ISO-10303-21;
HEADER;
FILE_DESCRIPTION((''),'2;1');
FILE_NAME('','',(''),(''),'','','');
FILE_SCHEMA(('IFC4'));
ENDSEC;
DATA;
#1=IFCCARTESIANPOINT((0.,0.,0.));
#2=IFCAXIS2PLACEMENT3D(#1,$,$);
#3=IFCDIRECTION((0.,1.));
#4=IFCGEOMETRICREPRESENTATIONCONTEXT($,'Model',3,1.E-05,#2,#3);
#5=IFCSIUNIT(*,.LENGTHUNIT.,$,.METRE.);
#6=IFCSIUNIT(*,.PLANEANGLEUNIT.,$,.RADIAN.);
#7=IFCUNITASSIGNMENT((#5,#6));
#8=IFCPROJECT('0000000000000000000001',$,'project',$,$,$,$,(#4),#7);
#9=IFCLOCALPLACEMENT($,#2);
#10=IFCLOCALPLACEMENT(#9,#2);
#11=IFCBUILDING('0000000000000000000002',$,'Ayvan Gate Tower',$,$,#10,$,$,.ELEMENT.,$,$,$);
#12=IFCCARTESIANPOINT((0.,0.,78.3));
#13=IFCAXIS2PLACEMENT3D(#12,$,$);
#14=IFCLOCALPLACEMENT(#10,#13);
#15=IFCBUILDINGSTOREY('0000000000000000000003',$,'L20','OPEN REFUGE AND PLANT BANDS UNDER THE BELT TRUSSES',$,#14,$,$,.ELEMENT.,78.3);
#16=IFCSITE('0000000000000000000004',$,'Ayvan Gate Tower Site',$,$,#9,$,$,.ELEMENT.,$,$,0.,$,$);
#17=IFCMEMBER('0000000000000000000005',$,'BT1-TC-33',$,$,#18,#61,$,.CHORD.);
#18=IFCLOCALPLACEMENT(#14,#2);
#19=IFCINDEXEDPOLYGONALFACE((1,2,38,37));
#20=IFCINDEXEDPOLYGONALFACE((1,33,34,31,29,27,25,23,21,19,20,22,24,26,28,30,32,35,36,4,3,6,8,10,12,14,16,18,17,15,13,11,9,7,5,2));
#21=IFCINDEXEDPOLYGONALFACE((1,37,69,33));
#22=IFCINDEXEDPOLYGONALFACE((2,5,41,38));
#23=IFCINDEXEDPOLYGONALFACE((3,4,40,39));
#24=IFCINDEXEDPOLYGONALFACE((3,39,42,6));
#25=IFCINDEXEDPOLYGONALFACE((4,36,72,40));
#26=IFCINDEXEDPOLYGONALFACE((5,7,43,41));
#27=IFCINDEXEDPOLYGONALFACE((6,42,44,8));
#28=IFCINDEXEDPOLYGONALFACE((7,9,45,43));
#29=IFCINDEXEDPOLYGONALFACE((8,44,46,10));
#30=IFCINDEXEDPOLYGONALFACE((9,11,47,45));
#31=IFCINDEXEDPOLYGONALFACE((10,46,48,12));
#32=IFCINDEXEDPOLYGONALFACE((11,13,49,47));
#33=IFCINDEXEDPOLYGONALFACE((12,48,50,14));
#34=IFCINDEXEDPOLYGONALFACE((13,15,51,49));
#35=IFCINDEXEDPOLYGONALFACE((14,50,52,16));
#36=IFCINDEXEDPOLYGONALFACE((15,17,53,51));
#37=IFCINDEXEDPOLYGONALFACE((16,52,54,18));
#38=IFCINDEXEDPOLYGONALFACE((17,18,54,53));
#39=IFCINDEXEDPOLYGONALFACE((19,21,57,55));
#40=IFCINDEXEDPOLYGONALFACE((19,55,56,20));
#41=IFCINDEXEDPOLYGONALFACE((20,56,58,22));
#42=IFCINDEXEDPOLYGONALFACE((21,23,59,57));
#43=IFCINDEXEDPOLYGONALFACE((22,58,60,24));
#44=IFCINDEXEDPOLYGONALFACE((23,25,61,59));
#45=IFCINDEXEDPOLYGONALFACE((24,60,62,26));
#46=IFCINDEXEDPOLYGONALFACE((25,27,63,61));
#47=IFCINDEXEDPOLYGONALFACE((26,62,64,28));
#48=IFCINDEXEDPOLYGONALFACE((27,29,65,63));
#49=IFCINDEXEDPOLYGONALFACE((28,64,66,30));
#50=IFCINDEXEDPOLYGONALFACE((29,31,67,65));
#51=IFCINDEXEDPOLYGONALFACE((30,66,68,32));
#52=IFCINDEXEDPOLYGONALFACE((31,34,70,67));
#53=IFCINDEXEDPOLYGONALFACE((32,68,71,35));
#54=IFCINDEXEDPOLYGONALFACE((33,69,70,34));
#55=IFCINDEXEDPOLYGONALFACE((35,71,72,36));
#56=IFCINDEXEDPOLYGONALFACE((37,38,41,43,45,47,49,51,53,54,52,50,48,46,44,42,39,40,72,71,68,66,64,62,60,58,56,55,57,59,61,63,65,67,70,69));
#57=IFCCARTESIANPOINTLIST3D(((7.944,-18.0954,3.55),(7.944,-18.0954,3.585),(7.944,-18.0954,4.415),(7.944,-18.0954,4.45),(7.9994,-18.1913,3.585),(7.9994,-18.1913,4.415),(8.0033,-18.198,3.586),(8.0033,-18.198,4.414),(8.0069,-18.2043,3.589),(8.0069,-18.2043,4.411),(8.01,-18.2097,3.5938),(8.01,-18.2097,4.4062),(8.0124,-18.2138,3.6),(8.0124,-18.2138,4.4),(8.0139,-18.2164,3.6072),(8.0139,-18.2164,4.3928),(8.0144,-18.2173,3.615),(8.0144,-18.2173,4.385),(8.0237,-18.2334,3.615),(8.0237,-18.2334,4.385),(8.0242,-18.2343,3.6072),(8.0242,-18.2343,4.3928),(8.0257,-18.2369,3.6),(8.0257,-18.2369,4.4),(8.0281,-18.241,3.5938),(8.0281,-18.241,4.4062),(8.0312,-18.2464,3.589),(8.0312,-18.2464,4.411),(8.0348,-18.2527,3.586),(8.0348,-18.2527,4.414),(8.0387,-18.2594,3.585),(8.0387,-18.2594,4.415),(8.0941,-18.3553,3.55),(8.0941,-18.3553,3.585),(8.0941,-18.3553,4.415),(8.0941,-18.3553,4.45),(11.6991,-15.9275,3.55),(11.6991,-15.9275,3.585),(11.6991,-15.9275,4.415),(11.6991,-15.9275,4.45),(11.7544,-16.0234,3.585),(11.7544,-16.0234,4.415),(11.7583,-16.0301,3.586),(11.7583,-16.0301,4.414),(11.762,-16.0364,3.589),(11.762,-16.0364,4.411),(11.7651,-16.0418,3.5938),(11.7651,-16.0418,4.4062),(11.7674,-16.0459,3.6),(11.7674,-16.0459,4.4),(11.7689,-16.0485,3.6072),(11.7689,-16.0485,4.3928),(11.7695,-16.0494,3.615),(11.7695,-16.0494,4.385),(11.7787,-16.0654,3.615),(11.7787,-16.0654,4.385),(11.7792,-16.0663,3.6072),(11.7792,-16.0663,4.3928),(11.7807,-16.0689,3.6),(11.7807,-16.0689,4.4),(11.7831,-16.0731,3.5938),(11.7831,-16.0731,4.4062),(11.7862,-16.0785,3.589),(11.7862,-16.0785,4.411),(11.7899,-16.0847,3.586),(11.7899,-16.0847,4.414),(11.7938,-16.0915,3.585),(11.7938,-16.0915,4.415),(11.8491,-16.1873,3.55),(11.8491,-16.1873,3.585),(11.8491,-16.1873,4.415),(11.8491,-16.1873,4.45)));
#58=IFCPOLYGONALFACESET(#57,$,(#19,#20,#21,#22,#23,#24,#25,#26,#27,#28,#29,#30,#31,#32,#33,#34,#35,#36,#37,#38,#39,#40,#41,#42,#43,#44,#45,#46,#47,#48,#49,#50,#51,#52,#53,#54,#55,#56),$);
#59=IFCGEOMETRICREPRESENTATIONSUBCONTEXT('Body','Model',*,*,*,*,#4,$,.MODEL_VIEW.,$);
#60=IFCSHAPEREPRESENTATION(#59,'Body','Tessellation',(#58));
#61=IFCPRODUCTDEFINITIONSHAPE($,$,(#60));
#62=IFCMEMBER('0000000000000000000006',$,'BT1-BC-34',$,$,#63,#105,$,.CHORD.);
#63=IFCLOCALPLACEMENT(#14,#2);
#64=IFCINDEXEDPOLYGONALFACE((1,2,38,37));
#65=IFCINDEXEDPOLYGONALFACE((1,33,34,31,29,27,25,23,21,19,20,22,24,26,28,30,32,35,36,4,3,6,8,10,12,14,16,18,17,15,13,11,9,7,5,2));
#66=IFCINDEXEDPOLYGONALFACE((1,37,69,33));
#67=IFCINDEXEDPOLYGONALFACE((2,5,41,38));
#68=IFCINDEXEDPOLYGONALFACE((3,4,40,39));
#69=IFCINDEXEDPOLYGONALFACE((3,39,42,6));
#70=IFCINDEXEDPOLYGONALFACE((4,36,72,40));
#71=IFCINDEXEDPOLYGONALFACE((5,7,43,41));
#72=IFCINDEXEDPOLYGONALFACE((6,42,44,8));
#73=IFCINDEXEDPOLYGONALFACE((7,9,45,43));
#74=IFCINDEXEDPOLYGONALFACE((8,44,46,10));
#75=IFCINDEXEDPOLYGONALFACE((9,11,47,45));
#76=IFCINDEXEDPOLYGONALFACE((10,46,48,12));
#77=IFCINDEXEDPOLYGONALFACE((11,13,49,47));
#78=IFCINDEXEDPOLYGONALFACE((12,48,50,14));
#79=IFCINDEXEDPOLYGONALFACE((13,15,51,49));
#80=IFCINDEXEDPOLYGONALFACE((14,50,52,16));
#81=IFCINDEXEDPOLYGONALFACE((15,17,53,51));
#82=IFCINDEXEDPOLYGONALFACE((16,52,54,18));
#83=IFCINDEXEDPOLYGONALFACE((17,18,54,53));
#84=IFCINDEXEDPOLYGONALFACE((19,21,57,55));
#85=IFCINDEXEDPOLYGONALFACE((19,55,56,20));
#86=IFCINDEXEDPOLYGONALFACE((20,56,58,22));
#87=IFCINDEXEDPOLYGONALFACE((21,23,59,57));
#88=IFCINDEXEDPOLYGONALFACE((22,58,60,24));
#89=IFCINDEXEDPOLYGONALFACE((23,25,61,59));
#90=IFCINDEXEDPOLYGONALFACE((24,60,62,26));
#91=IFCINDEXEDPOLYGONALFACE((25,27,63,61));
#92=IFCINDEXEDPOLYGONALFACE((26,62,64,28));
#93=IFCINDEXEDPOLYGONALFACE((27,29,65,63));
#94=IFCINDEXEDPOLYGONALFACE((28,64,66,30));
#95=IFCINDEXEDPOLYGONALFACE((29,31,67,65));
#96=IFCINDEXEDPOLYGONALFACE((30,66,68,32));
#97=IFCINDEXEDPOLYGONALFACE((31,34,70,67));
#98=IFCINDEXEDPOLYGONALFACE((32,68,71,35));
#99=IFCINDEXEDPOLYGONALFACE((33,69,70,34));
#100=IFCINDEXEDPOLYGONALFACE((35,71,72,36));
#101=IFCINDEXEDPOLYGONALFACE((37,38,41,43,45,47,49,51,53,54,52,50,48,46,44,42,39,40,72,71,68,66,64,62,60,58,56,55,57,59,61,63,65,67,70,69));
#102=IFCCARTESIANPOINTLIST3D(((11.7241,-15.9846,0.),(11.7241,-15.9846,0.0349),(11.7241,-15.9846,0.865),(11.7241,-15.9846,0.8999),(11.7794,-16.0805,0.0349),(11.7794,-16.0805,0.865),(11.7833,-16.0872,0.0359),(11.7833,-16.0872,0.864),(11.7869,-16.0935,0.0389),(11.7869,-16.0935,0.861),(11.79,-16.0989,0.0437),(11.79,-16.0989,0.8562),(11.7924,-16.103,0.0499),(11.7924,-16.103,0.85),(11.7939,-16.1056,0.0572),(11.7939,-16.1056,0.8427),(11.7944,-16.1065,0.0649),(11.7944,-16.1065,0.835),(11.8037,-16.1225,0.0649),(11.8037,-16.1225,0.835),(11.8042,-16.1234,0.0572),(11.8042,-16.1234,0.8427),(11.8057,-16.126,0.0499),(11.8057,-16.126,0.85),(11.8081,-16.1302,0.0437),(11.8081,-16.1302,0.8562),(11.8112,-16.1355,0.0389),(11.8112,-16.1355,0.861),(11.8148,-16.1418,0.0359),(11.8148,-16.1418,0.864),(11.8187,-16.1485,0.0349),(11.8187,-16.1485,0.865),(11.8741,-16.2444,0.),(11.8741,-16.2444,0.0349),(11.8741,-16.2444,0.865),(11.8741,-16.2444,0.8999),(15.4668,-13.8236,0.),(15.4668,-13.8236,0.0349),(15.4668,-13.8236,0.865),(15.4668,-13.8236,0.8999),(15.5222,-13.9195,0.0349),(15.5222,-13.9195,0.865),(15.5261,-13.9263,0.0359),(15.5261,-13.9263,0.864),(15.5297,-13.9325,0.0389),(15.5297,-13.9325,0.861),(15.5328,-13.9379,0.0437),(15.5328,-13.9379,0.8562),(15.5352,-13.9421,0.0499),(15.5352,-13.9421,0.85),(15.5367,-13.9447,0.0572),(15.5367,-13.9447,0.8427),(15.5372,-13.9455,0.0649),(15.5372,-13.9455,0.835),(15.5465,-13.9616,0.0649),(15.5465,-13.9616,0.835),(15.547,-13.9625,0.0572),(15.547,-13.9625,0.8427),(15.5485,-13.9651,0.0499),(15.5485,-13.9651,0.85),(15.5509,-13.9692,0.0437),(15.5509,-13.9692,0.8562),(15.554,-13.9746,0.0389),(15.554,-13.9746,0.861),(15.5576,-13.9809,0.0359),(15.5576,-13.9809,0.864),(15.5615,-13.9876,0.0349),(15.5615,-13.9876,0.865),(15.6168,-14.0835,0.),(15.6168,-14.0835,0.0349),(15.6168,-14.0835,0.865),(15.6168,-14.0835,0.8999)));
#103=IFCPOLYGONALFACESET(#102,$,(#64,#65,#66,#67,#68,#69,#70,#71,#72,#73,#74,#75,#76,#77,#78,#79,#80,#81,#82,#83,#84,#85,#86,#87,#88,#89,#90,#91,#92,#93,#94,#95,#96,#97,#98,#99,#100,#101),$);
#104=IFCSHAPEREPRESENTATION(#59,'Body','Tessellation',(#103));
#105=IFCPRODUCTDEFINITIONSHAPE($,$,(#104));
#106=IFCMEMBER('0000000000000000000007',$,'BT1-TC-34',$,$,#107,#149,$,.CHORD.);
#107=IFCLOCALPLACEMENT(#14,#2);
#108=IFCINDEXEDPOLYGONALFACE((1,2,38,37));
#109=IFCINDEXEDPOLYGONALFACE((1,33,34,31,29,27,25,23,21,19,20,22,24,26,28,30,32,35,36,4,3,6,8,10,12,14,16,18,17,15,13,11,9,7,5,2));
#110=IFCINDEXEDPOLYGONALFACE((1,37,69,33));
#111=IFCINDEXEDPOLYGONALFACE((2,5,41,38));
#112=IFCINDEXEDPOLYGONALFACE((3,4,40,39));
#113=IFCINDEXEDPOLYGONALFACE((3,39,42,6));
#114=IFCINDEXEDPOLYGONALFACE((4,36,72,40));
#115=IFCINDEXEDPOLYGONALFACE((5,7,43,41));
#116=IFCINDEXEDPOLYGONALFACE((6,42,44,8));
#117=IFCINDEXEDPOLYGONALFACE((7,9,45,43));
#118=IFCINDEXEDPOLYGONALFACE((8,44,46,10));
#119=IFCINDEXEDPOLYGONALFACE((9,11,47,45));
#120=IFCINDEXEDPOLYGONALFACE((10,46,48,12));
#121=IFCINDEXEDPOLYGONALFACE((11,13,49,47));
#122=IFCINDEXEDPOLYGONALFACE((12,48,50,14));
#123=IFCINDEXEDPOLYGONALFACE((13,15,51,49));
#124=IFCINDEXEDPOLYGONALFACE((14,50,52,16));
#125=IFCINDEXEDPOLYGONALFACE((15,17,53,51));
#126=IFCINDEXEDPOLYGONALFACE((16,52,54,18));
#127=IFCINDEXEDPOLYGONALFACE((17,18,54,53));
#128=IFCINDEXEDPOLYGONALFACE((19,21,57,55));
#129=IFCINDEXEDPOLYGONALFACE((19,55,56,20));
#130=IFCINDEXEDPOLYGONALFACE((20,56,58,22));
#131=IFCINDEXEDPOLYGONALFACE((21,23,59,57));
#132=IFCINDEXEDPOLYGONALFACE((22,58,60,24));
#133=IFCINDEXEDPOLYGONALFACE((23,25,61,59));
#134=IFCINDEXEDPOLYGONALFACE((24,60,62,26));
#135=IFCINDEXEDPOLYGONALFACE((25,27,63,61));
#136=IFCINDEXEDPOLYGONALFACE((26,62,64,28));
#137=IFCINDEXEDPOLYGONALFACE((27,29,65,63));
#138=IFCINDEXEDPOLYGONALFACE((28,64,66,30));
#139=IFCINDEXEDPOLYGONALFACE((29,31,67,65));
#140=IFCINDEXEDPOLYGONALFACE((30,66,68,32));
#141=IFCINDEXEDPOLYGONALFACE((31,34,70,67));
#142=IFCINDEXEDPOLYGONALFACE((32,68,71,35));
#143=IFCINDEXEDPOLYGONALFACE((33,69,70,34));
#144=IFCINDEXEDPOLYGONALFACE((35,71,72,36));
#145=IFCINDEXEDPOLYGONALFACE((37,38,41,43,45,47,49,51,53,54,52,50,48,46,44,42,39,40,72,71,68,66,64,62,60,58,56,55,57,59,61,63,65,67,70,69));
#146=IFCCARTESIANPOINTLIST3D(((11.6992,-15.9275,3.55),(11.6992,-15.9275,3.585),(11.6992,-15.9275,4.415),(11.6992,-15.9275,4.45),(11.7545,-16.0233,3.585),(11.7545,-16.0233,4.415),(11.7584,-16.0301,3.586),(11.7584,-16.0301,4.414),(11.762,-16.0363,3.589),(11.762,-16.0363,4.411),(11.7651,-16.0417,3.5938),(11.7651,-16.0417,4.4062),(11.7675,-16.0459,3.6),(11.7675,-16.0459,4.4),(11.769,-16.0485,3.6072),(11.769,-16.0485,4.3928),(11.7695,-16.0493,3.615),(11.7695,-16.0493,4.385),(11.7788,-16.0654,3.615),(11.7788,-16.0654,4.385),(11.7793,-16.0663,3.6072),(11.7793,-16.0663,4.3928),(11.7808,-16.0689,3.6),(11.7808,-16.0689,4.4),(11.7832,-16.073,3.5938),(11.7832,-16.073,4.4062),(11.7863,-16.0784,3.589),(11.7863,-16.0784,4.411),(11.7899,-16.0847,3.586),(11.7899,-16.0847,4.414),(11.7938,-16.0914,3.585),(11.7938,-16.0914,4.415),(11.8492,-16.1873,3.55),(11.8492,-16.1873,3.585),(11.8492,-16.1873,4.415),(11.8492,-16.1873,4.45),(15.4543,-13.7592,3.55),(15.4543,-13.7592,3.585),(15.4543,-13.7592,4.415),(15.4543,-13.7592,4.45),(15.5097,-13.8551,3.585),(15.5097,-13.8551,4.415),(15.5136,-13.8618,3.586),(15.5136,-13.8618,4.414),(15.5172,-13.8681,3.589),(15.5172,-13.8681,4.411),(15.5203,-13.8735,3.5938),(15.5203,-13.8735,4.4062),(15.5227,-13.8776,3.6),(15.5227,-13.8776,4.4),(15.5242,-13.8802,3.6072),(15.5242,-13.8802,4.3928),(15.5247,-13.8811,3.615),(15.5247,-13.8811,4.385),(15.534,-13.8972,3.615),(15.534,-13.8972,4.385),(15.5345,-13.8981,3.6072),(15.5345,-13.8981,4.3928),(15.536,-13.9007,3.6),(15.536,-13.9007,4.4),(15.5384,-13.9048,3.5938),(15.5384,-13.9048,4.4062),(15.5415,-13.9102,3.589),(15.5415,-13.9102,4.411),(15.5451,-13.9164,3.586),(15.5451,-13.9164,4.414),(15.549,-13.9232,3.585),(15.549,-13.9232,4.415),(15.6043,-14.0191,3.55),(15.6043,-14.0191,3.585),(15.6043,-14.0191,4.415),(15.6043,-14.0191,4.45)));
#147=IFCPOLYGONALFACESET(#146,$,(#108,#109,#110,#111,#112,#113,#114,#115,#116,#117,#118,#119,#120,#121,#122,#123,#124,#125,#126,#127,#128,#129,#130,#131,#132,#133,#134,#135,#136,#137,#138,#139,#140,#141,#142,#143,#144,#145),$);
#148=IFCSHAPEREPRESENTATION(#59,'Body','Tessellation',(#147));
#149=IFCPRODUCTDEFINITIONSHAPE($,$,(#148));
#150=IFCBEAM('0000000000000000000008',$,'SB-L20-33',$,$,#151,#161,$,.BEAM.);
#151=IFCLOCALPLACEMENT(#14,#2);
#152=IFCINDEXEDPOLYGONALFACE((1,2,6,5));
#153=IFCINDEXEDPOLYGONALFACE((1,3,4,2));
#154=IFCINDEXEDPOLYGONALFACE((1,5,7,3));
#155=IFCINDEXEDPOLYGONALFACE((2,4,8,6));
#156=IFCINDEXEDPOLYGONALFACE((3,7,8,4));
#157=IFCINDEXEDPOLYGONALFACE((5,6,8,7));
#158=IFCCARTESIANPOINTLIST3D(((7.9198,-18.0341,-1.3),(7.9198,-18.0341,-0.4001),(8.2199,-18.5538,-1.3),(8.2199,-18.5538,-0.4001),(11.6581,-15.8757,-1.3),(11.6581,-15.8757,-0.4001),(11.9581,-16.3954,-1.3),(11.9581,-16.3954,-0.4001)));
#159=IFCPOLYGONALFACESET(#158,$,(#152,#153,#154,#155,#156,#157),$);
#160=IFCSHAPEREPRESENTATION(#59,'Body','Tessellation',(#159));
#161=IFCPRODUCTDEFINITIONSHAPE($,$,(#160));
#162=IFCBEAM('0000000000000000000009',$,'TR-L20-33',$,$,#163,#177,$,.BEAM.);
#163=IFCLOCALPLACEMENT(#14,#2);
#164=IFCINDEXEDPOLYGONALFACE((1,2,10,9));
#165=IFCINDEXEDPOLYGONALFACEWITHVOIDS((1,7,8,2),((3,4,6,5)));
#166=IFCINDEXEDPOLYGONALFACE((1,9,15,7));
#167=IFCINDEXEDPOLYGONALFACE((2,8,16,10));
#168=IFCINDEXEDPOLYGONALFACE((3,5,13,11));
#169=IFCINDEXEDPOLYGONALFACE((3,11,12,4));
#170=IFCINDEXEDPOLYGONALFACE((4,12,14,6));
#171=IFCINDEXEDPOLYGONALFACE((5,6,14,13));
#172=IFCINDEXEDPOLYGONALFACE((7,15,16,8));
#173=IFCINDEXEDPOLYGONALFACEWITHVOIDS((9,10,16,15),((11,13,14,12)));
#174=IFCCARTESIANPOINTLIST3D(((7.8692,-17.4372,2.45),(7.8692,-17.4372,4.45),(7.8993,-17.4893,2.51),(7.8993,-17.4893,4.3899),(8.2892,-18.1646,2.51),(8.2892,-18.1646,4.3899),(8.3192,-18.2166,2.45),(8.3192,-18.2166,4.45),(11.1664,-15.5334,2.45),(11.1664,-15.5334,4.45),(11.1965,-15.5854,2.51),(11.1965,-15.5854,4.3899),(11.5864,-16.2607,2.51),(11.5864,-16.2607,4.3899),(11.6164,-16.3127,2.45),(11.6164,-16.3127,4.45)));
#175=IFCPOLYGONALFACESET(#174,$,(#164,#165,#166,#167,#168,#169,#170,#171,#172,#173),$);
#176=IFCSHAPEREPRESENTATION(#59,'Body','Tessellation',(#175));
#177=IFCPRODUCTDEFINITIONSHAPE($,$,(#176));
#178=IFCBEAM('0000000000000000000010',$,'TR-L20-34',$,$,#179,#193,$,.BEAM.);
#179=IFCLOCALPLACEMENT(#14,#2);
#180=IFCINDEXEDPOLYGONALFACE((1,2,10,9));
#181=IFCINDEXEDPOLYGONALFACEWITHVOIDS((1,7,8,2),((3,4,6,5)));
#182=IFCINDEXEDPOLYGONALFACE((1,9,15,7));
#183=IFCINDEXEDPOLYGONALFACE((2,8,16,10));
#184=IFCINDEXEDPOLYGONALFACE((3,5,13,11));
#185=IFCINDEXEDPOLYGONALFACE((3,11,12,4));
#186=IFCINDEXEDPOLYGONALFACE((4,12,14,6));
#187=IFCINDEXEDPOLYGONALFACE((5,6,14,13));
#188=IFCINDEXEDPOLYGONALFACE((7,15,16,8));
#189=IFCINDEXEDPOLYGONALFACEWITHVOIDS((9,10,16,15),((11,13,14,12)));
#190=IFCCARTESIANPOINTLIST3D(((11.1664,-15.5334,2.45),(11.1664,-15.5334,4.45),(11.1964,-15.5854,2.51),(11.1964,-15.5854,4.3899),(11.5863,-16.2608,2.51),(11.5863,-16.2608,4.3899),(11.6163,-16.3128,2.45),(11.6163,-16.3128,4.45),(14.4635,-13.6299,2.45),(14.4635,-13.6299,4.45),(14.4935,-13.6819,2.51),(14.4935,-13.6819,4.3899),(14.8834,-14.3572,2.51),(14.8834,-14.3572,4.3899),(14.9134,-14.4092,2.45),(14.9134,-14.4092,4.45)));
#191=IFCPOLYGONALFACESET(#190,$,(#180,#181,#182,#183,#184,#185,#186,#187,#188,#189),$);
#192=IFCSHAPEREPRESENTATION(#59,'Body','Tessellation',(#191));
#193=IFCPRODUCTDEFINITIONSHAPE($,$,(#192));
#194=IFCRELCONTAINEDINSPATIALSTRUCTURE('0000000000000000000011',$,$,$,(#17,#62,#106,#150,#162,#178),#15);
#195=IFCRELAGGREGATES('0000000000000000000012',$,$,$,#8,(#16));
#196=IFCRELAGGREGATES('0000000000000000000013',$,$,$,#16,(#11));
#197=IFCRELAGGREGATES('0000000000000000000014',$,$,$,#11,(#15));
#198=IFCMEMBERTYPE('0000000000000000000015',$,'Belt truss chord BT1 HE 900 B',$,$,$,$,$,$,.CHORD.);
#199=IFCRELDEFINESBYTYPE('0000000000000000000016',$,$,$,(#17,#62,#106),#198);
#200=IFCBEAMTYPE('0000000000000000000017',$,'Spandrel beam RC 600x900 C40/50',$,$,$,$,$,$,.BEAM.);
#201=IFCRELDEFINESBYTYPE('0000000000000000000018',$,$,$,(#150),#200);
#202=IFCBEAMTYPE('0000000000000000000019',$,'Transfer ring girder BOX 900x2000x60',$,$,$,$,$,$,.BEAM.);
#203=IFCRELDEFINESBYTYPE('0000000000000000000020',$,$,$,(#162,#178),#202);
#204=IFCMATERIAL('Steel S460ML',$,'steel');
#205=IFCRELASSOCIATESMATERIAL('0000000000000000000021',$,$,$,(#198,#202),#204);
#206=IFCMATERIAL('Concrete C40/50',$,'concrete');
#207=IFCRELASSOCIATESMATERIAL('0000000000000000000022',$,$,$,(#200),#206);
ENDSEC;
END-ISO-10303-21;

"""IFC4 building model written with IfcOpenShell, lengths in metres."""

from ifc_helpers import new_model, si_unit, direction, frame, origin, origin_2d, place, context, subcontext, project, spatial, rectangle, hollow_rectangle, i_section, extrude, material, material_profile, profile_set, type_object, element, save


model = new_model("IFC4")

# Units and contexts
model_context = context("Model", 3, precision=1e-05, world=origin(), true_north=direction((0.0, 1.0)))
body_context = subcontext(model_context, "Body", "Model", "MODEL_VIEW")
ifc_project = project(units=[si_unit("LENGTHUNIT", "METRE"), si_unit("PLANEANGLEUNIT", "RADIAN")], contexts=[model_context])

# Site, building, storey
site_placement = place(None, origin())
site = spatial("IfcSite", under=ifc_project, at=site_placement, Name="Ayvan Gate Tower Site", CompositionType="ELEMENT", RefElevation=0.0)
building_placement = place(site_placement, origin())
building = spatial("IfcBuilding", under=site, at=building_placement, Name="Ayvan Gate Tower", CompositionType="ELEMENT")
storey_placement = place(building_placement, frame((0.0, 0.0, 78.3)))
storey = spatial("IfcBuildingStorey", under=building, at=storey_placement, Name="L20", Description="OPEN REFUGE AND PLANT BANDS UNDER THE BELT TRUSSES", CompositionType="ELEMENT", Elevation=78.3)

# Members
ifc_material_1 = material(Name="Steel S460ML", Category="steel")
ifc_material_profile_1 = material_profile(ifc_material_1, i_section(OverallWidth=0.3, OverallDepth=0.8999, WebThickness=0.0186, FlangeThickness=0.0349, FilletRadius=0.03, at=origin_2d()), Name="HE 900 B")
ifc_profile_set_1 = profile_set([ifc_material_profile_1], Name="Steel S460ML")
member_type_1 = type_object("IfcMemberType", Name="Belt truss chord BT1 HE 900 B", PredefinedType="CHORD", material=ifc_profile_set_1)
member_1_placement = place(storey_placement, frame((8.019, -18.2253, 4.0), z_axis=(0.866031, 0.499991, 0.0), x_axis=(-0.499991, 0.866031, 0.0)))
element("IfcMember", 1, at=member_1_placement, inside=storey, type_object=member_type_1, Name="BT1-TC-33", PredefinedType="CHORD", context=body_context, shape_type="SweptSolid", body=[
    extrude(i_section(OverallWidth=0.3, OverallDepth=0.8999, WebThickness=0.0186, FlangeThickness=0.0349, FilletRadius=0.03, at=origin_2d()), origin(), (0.0, 0.0, 1.0), 4.3359),
])
member_2_placement = place(storey_placement, frame((11.7991, -16.1145, 0.45), z_axis=(0.86602, 0.500009, 0.0), x_axis=(-0.500009, 0.86602, 0.0)))
element("IfcMember", 2, at=member_2_placement, inside=storey, type_object=member_type_1, Name="BT1-BC-34", PredefinedType="CHORD", context=body_context, shape_type="SweptSolid", body=[
    extrude(i_section(OverallWidth=0.3, OverallDepth=0.8999, WebThickness=0.0186, FlangeThickness=0.0349, FilletRadius=0.03, at=origin_2d()), origin(), (0.0, 0.0, 1.0), 4.3218),
])
member_3_placement = place(storey_placement, frame((11.7742, -16.0574, 4.0), z_axis=(0.866006, 0.500033, 0.0), x_axis=(-0.500033, 0.866006, 0.0)))
element("IfcMember", 3, at=member_3_placement, inside=storey, type_object=member_type_1, Name="BT1-TC-34", PredefinedType="CHORD", context=body_context, shape_type="SweptSolid", body=[
    extrude(i_section(OverallWidth=0.3, OverallDepth=0.8999, WebThickness=0.0186, FlangeThickness=0.0349, FilletRadius=0.03, at=origin_2d()), origin(), (0.0, 0.0, 1.0), 4.3362),
])

# Beams
ifc_material_2 = material(Name="Concrete C40/50", Category="concrete")
ifc_material_profile_2 = material_profile(ifc_material_2, rectangle(XDim=0.6001, YDim=0.8999, at=origin_2d()), Name="RC 600x900")
ifc_profile_set_2 = profile_set([ifc_material_profile_2], Name="Concrete C40/50")
beam_type_1 = type_object("IfcBeamType", Name="Spandrel beam RC 600x900 C40/50", PredefinedType="BEAM", material=ifc_profile_set_2)
beam_1_placement = place(storey_placement, frame((8.0698, -18.2939, -0.8501), z_axis=(0.86601, 0.500026, 0.0), x_axis=(-0.500026, 0.86601, 0.0)))
element("IfcBeam", 4, at=beam_1_placement, inside=storey, type_object=beam_type_1, Name="SB-L20-33", PredefinedType="BEAM", context=body_context, shape_type="SweptSolid", body=[
    extrude(rectangle(XDim=0.6001, YDim=0.8999, at=origin_2d()), origin(), (0.0, 0.0, 1.0), 4.3167),
])
ifc_material_profile_3 = material_profile(ifc_material_1, hollow_rectangle(XDim=0.8999, YDim=2.0, WallThickness=0.0601, at=origin_2d()), Name="BOX 900x2000x60")
ifc_profile_set_3 = profile_set([ifc_material_profile_3], Name="Steel S460ML")
beam_type_2 = type_object("IfcBeamType", Name="Transfer ring girder BOX 900x2000x60", PredefinedType="BEAM", material=ifc_profile_set_3)
beam_2_placement = place(storey_placement, frame((8.0942, -17.8269, 3.45), z_axis=(0.866001, 0.500043, 0.0), x_axis=(-0.500043, 0.866001, 0.0)))
element("IfcBeam", 5, at=beam_2_placement, inside=storey, type_object=beam_type_2, Name="TR-L20-33", PredefinedType="BEAM", context=body_context, shape_type="SweptSolid", body=[
    extrude(hollow_rectangle(XDim=0.8999, YDim=2.0, WallThickness=0.0601, at=origin_2d()), origin(), (0.0, 0.0, 1.0), 3.8074),
])
beam_3_placement = place(storey_placement, frame((11.3914, -15.9231, 3.45), z_axis=(0.866029, 0.499994, 0.0), x_axis=(-0.499994, 0.866029, 0.0)))
element("IfcBeam", 6, at=beam_3_placement, inside=storey, type_object=beam_type_2, Name="TR-L20-34", PredefinedType="BEAM", context=body_context, shape_type="SweptSolid", body=[
    extrude(hollow_rectangle(XDim=0.8999, YDim=2.0, WallThickness=0.0601, at=origin_2d()), origin(), (0.0, 0.0, 1.0), 3.8071),
])

save(model, "model.ifc")
